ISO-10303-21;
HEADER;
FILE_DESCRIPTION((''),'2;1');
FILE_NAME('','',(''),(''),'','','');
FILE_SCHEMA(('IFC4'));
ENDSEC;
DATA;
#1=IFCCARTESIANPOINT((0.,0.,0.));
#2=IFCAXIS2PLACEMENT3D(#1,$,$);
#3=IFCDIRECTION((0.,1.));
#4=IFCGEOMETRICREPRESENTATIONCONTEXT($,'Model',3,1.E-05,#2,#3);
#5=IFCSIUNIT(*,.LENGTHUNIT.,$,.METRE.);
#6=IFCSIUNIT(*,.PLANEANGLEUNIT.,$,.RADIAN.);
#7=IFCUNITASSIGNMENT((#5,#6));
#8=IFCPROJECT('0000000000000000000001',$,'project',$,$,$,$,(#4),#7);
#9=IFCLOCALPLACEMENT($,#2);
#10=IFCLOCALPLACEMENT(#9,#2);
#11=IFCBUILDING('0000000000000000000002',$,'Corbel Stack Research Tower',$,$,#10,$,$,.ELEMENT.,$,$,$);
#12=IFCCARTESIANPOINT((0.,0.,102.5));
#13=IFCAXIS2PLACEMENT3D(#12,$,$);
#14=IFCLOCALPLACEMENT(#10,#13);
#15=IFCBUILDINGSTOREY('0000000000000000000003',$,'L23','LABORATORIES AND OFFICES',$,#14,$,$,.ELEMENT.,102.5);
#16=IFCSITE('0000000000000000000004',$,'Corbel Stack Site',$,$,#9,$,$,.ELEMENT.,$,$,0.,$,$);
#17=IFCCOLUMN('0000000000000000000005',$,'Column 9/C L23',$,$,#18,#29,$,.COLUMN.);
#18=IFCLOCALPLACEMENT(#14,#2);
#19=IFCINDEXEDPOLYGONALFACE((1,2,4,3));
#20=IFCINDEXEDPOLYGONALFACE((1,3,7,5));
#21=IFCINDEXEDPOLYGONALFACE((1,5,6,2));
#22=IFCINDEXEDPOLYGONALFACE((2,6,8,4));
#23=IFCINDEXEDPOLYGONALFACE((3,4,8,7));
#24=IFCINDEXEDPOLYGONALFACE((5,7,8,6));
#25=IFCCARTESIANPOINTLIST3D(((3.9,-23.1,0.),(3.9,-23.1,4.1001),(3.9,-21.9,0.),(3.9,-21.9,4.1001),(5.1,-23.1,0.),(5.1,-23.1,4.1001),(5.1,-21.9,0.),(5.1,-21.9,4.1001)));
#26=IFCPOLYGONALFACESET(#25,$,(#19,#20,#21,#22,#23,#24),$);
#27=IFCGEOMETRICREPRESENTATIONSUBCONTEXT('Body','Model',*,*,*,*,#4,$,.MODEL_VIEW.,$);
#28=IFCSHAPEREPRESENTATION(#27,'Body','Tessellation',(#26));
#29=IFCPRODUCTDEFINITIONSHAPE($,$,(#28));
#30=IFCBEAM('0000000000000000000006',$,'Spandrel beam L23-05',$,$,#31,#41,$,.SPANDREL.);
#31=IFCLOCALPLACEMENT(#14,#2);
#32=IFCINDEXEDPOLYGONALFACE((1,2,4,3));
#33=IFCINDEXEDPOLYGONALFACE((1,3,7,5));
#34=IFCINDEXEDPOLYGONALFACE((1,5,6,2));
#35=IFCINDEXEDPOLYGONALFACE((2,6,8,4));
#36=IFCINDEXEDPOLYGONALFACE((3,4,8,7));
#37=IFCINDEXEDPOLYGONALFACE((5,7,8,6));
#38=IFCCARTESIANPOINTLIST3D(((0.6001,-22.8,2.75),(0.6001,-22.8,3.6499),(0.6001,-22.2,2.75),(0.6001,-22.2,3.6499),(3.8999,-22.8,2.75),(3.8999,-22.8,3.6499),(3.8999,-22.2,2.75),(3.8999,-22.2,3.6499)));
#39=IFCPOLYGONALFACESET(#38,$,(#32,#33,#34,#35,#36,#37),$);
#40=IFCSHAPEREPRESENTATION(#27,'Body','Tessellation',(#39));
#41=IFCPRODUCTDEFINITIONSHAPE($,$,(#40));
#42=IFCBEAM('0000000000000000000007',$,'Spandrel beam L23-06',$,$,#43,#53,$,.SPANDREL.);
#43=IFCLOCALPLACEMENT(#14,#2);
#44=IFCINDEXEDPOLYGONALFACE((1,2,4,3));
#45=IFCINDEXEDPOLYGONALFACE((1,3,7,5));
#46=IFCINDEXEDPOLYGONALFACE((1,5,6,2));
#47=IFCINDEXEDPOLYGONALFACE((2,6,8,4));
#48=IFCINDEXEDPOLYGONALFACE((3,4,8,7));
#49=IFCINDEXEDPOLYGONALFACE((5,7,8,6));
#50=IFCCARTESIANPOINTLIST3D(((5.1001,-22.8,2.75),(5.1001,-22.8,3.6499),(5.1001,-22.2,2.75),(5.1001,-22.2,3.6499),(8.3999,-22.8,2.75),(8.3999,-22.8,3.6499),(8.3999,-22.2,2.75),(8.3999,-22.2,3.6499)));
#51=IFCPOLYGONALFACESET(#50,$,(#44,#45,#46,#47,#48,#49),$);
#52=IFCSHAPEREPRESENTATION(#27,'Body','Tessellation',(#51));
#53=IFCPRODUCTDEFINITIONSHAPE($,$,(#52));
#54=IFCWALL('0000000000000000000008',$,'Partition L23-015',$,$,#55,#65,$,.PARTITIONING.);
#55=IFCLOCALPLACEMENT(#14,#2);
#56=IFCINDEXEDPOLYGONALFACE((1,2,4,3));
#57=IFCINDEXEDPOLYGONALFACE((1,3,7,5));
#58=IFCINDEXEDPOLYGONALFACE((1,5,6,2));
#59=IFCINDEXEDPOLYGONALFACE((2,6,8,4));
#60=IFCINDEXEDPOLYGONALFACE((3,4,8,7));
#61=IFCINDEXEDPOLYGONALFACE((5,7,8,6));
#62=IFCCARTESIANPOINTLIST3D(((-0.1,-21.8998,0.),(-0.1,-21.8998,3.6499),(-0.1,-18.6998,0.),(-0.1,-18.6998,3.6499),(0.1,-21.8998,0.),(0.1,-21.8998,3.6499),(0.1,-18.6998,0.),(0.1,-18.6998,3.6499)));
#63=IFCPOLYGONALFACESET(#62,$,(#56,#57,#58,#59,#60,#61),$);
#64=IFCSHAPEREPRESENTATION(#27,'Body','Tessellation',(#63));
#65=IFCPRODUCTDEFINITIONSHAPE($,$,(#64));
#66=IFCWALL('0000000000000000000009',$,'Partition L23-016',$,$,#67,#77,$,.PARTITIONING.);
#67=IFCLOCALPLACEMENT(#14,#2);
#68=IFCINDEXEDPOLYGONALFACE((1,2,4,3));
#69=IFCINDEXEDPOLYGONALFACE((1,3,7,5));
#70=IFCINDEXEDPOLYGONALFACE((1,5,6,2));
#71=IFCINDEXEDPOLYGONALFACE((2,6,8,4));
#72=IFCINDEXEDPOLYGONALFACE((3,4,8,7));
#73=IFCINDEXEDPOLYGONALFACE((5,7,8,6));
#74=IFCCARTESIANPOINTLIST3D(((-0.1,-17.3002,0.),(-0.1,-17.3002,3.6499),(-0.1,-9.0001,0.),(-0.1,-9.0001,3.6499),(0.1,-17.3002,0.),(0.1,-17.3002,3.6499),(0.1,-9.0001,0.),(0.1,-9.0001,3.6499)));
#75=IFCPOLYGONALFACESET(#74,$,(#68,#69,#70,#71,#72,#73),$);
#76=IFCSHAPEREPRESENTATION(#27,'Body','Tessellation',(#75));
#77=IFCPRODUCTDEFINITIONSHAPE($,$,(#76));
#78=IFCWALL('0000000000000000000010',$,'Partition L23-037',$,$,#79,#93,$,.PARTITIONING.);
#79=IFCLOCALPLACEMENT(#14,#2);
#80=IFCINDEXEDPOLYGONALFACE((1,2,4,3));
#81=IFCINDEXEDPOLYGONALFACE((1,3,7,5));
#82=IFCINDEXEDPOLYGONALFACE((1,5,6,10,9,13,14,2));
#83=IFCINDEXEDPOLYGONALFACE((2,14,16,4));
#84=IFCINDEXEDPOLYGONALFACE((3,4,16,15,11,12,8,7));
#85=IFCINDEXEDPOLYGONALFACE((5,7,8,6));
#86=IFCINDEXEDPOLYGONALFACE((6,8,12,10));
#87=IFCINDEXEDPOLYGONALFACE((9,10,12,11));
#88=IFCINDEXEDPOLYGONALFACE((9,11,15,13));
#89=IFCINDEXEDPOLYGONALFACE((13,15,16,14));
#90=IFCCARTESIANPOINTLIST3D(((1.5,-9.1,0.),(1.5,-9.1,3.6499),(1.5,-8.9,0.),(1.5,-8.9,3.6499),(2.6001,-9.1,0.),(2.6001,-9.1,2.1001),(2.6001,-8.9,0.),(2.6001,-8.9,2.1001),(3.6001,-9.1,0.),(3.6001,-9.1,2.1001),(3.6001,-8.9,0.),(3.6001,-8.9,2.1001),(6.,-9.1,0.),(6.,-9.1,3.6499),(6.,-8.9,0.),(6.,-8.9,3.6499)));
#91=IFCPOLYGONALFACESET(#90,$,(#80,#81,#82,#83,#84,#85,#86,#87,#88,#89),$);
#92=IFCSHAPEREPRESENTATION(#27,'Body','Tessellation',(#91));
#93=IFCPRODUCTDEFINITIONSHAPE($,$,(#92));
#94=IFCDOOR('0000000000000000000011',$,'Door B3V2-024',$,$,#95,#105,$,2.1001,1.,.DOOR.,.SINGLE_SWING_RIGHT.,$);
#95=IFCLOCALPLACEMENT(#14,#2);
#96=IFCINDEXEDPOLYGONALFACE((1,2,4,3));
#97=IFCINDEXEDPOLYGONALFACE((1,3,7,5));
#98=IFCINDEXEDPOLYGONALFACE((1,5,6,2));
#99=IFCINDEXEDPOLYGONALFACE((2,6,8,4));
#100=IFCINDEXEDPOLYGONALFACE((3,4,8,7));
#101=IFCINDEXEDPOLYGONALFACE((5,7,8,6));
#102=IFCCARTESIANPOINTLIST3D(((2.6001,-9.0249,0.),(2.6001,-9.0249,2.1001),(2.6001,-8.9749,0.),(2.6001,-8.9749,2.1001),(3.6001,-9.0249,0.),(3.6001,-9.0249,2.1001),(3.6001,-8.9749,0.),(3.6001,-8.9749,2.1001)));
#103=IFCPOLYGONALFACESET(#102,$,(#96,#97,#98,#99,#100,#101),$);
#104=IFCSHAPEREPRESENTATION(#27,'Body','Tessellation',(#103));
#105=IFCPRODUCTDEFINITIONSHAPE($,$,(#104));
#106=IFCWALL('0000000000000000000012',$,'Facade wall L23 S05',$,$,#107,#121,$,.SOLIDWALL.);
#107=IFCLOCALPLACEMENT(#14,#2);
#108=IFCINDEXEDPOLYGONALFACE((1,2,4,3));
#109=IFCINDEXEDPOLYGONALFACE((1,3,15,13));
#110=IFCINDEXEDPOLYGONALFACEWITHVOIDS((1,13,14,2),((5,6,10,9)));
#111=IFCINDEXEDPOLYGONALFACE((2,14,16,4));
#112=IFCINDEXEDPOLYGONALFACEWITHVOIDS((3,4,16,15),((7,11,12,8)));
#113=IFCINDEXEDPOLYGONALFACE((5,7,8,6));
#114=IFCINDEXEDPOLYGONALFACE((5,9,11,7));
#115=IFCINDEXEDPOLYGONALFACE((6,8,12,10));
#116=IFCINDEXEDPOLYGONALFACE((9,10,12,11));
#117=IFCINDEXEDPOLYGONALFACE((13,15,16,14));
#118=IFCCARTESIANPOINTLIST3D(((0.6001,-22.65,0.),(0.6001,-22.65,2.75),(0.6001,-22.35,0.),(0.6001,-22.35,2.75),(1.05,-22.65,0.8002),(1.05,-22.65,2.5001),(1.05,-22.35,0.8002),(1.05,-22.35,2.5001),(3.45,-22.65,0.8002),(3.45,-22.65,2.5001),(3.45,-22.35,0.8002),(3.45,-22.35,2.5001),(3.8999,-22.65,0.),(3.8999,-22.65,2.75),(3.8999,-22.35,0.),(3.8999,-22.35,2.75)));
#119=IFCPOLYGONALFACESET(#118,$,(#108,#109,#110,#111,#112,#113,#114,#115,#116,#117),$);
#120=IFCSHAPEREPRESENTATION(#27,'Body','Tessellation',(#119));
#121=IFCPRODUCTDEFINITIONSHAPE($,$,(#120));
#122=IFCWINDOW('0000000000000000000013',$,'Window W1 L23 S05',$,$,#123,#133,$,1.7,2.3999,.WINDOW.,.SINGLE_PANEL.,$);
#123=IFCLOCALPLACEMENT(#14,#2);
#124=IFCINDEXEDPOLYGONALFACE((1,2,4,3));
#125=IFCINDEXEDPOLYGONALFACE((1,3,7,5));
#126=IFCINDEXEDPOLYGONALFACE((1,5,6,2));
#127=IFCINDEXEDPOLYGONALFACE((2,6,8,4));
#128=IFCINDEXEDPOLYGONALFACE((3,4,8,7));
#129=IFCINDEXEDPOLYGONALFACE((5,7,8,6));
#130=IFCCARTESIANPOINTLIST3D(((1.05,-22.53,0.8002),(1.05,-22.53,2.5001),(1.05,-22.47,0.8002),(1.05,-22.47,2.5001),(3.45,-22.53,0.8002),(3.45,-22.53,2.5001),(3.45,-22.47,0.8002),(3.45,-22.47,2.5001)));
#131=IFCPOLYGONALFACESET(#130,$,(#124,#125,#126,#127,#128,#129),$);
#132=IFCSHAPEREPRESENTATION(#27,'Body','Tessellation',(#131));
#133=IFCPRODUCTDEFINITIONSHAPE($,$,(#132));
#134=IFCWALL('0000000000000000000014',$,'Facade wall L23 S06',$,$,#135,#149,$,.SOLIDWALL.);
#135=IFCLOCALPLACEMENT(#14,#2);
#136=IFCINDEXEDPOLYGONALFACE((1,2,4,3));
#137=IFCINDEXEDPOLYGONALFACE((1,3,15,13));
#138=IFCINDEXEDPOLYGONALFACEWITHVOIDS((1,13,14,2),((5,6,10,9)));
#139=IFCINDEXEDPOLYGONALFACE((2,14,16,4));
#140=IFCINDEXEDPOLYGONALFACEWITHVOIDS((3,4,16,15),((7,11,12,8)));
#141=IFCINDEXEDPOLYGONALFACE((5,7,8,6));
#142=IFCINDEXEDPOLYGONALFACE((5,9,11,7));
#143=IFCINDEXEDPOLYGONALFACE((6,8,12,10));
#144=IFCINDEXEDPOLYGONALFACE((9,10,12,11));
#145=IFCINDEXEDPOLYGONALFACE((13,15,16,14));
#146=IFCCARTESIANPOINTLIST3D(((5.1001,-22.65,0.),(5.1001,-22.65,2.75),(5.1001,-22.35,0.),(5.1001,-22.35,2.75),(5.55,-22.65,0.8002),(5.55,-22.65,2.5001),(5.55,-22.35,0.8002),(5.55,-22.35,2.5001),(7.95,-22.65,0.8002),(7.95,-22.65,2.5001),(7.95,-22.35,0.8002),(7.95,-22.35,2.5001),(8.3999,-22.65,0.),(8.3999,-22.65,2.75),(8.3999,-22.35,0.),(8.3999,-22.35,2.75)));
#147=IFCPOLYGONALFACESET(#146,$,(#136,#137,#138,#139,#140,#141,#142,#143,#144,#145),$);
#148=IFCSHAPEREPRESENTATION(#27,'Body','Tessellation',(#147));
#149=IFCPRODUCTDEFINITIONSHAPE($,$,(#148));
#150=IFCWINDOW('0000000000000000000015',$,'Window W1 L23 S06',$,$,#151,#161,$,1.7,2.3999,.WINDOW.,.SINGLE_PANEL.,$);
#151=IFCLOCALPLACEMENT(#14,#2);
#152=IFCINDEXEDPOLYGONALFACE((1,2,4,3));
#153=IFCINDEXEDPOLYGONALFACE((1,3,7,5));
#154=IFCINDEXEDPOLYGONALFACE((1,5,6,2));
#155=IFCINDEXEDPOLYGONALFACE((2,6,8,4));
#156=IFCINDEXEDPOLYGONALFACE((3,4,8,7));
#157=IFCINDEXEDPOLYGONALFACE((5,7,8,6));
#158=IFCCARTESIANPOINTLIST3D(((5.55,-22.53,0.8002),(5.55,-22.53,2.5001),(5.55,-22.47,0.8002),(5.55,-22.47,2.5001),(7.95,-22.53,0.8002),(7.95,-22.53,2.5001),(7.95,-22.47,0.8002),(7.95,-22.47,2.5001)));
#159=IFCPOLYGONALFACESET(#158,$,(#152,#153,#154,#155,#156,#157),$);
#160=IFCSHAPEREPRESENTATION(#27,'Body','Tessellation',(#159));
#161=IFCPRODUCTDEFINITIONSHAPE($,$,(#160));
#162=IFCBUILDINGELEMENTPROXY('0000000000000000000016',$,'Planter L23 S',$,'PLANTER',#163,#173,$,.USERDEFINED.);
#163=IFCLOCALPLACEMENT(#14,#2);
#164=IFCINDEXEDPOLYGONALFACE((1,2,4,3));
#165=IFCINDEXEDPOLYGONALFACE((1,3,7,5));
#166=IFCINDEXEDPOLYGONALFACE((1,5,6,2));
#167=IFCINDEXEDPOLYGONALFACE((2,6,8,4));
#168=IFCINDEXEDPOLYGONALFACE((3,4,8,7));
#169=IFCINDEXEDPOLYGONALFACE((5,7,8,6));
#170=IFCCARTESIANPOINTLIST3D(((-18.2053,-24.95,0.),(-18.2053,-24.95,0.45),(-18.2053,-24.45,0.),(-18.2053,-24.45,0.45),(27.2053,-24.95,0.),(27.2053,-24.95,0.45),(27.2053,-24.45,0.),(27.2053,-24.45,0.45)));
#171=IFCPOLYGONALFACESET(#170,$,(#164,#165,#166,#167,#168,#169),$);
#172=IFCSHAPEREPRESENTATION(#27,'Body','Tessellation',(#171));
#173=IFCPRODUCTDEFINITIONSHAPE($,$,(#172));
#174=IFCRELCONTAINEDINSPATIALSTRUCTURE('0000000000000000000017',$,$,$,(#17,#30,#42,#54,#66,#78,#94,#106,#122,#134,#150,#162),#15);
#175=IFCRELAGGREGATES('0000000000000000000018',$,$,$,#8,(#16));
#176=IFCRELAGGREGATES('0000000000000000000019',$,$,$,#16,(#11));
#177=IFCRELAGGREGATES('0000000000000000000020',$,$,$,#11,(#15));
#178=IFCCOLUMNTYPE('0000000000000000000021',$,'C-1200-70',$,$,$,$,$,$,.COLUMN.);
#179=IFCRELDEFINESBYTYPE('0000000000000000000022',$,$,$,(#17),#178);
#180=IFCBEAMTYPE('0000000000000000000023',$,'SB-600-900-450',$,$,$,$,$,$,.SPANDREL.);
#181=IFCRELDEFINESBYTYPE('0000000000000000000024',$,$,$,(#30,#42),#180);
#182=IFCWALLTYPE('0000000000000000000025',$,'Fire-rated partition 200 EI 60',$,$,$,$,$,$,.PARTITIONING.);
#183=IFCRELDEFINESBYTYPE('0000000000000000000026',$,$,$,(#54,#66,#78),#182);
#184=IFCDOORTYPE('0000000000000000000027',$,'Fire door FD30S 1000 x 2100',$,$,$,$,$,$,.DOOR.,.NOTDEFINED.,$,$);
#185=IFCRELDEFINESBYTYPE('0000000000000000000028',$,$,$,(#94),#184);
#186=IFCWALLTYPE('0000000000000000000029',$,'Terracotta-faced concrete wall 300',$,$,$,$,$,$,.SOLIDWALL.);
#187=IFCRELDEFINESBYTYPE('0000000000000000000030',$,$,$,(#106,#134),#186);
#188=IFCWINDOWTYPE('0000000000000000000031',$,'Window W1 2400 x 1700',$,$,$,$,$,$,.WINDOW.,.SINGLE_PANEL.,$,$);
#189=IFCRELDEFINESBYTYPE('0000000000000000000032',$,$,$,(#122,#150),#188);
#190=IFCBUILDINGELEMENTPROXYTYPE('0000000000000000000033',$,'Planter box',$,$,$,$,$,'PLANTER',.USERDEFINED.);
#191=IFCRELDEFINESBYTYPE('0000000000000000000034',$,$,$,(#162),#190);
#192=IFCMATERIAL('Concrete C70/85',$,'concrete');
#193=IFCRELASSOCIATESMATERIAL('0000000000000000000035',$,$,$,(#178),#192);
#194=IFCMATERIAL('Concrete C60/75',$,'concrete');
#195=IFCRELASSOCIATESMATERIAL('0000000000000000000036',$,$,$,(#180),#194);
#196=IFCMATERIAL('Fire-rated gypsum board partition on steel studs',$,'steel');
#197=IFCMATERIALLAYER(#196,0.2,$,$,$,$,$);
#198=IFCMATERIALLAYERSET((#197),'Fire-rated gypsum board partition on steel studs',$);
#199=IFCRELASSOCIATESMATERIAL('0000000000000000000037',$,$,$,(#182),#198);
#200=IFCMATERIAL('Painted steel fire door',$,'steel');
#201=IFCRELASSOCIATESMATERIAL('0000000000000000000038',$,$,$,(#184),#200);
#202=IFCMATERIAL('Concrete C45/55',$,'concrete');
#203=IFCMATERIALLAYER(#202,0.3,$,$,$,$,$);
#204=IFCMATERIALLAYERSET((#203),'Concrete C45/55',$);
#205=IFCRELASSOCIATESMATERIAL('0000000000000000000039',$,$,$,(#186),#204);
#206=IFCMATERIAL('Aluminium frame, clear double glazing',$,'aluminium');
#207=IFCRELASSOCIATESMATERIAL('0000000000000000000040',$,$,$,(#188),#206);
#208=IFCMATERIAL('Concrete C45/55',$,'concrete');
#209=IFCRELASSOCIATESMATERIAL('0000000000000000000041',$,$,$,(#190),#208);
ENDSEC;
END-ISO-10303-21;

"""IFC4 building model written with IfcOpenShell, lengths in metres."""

from ifc_helpers import new_model, si_unit, direction, frame, frame_2d, origin, origin_2d, place, context, subcontext, project, spatial, rectangle, extrude, material, layer, layer_set, material_profile, profile_set, type_object, element, fill, save


model = new_model("IFC4")

# Units and contexts
model_context = context("Model", 3, precision=1e-05, world=origin(), true_north=direction((0.0, 1.0)))
body_context = subcontext(model_context, "Body", "Model", "MODEL_VIEW")
ifc_project = project(units=[si_unit("LENGTHUNIT", "METRE"), si_unit("PLANEANGLEUNIT", "RADIAN")], contexts=[model_context])

# Site, building, storey
site_placement = place(None, origin())
site = spatial("IfcSite", under=ifc_project, at=site_placement, Name="Corbel Stack Site", CompositionType="ELEMENT", RefElevation=0.0)
building_placement = place(site_placement, origin())
building = spatial("IfcBuilding", under=site, at=building_placement, Name="Corbel Stack Research Tower", CompositionType="ELEMENT")
storey_placement = place(building_placement, frame((0.0, 0.0, 102.5)))
storey = spatial("IfcBuildingStorey", under=building, at=storey_placement, Name="L23", Description="LABORATORIES AND OFFICES", CompositionType="ELEMENT", Elevation=102.5)

# Column
ifc_material_1 = material(Name="Concrete C70/85", Category="concrete")
ifc_material_profile_1 = material_profile(ifc_material_1, rectangle(XDim=1.2, YDim=1.2, at=origin_2d()), Name="RC 1200 x 1200")
ifc_profile_set_1 = profile_set([ifc_material_profile_1], Name="Concrete C70/85")
column_type = type_object("IfcColumnType", Name="C-1200-70", PredefinedType="COLUMN", material=ifc_profile_set_1)
column_placement = place(storey_placement, frame((4.5, -22.5, 0.0), z_axis=(0.0, 0.0, 1.0), x_axis=(1.0, 0.0, 0.0)))
element("IfcColumn", 1, at=column_placement, inside=storey, type_object=column_type, Name="Column 9/C L23", PredefinedType="COLUMN", context=body_context, shape_type="SweptSolid", body=[
    extrude(rectangle(XDim=1.2, YDim=1.2, at=origin_2d()), origin(), (0.0, 0.0, 1.0), 4.1001),
])

# Beams
ifc_material_2 = material(Name="Concrete C60/75", Category="concrete")
ifc_material_profile_2 = material_profile(ifc_material_2, rectangle(XDim=0.6001, YDim=0.8999, at=origin_2d()), Name="RC 600 x 900")
ifc_profile_set_2 = profile_set([ifc_material_profile_2], Name="Concrete C60/75")
beam_type = type_object("IfcBeamType", Name="SB-600-900-450", PredefinedType="SPANDREL", material=ifc_profile_set_2)
for number, where, z_axis, x_axis, name in (
    (2, (0.6001, -22.5, 3.2), (1.0, 0.0, 0.0), (0.0, 1.0, 0.0), "Spandrel beam L23-05"),
    (3, (5.1001, -22.5, 3.2), (1.0, 0.0, 0.0), (0.0, 1.0, 0.0), "Spandrel beam L23-06"),
):
    element("IfcBeam", number, at=place(storey_placement, frame(where, z_axis=z_axis, x_axis=x_axis)), inside=storey, type_object=beam_type, Name=name, PredefinedType="SPANDREL", context=body_context, shape_type="SweptSolid", body=[
        extrude(rectangle(XDim=0.6001, YDim=0.8999, at=origin_2d()), origin(), (0.0, 0.0, 1.0), 3.2998),
    ])

# Walls
ifc_material_3 = material(Name="Fire-rated gypsum board partition on steel studs", Category="steel")
ifc_layer_1 = layer(ifc_material_3, 0.2)
ifc_layer_set_1 = layer_set([ifc_layer_1], Name="Fire-rated gypsum board partition on steel studs")
wall_type_1 = type_object("IfcWallType", Name="Fire-rated partition 200 EI 60", PredefinedType="PARTITIONING", material=ifc_layer_set_1)
wall_1_placement = place(storey_placement, frame((0.0, -21.8999, 0.0), z_axis=(0.0, 0.0, 1.0), x_axis=(0.0, 1.0, 0.0)))
element("IfcWall", 4, at=wall_1_placement, inside=storey, type_object=wall_type_1, Name="Partition L23-015", PredefinedType="PARTITIONING", context=body_context, shape_type="SweptSolid", body=[
    extrude(rectangle(XDim=3.2, YDim=0.2, at=frame_2d((1.6001, 0.0))), origin(), (0.0, 0.0, 1.0), 3.6499),
])
wall_2_placement = place(storey_placement, frame((0.0, -17.3, 0.0), z_axis=(0.0, 0.0, 1.0), x_axis=(0.0, 1.0, 0.0)))
element("IfcWall", 5, at=wall_2_placement, inside=storey, type_object=wall_type_1, Name="Partition L23-016", PredefinedType="PARTITIONING", context=body_context, shape_type="SweptSolid", body=[
    extrude(rectangle(XDim=8.3, YDim=0.2, at=frame_2d((4.1499, 0.0))), origin(), (0.0, 0.0, 1.0), 3.6499),
])

# Wall, opening, door
wall_3_placement = place(storey_placement, frame((6.0, -9.0, 0.0), z_axis=(0.0, 0.0, 1.0), x_axis=(-1.0, 0.0, 0.0)))
wall_3 = element("IfcWall", 6, at=wall_3_placement, inside=storey, type_object=wall_type_1, Name="Partition L23-037", PredefinedType="PARTITIONING", context=body_context, shape_type="SweptSolid", body=[
    extrude(rectangle(XDim=4.5, YDim=0.2, at=frame_2d((2.25, 0.0))), origin(), (0.0, 0.0, 1.0), 3.6499),
])
opening_1_placement = place(wall_3_placement, frame((2.3999, 0.0, 0.0)))
opening_1 = element("IfcOpeningElement", 7, at=opening_1_placement, cuts=wall_3, PredefinedType="OPENING", context=body_context, shape_type="SweptSolid", body=[
    extrude(rectangle(XDim=1.0, YDim=2.1001, at=frame_2d((0.5, 1.05))), frame((0.0, 0.1099, 0.0), z_axis=(0.0, -1.0, 0.0), x_axis=(1.0, 0.0, 0.0)), (0.0, 0.0, 1.0), 0.22),
])
ifc_material_4 = material(Name="Painted steel fire door", Category="steel")
door_type_1 = type_object("IfcDoorType", Name="Fire door FD30S 1000 x 2100", OperationType="NOTDEFINED", PredefinedType="DOOR", material=ifc_material_4)
door_1_placement = place(opening_1_placement, origin())
door_1 = element("IfcDoor", 8, at=door_1_placement, inside=storey, type_object=door_type_1, Name="Door B3V2-024", OperationType="SINGLE_SWING_RIGHT", OverallHeight=2.1001, OverallWidth=1.0, PredefinedType="DOOR", context=body_context, shape_type="SweptSolid", body=[
    extrude(rectangle(XDim=1.0, YDim=2.1001, at=frame_2d((0.5, 1.05))), frame((0.0, 0.0249, 0.0), z_axis=(0.0, -1.0, 0.0), x_axis=(1.0, 0.0, 0.0)), (0.0, 0.0, 1.0), 0.05),
])
fill(opening_1, door_1)

# Walls, openings, windows
ifc_material_5 = material(Name="Concrete C45/55", Category="concrete")
ifc_layer_2 = layer(ifc_material_5, 0.3)
ifc_layer_set_2 = layer_set([ifc_layer_2], Name="Concrete C45/55")
wall_type_2 = type_object("IfcWallType", Name="Terracotta-faced concrete wall 300", PredefinedType="SOLIDWALL", material=ifc_layer_set_2)
wall_4_placement = place(storey_placement, frame((3.8999, -22.5, 0.0), z_axis=(0.0, 0.0, 1.0), x_axis=(-1.0, 0.0, 0.0)))
wall_4 = element("IfcWall", 9, at=wall_4_placement, inside=storey, type_object=wall_type_2, Name="Facade wall L23 S05", PredefinedType="SOLIDWALL", context=body_context, shape_type="SweptSolid", body=[
    extrude(rectangle(XDim=3.2998, YDim=0.3, at=frame_2d((1.6499, 0.0))), origin(), (0.0, 0.0, 1.0), 2.75),
])
opening_2_placement = place(wall_4_placement, frame((0.45, 0.0, 0.8)))
opening_2 = element("IfcOpeningElement", 10, at=opening_2_placement, cuts=wall_4, PredefinedType="OPENING", context=body_context, shape_type="SweptSolid", body=[
    extrude(rectangle(XDim=2.3999, YDim=1.7, at=frame_2d((1.2, 0.8501))), frame((0.0, 0.1599, 0.0), z_axis=(0.0, -1.0, 0.0), x_axis=(1.0, 0.0, 0.0)), (0.0, 0.0, 1.0), 0.3201),
])
ifc_material_6 = material(Name="Aluminium frame, clear double glazing", Category="aluminium")
window_type = type_object("IfcWindowType", Name="Window W1 2400 x 1700", PartitioningType="SINGLE_PANEL", PredefinedType="WINDOW", material=ifc_material_6)
window_1_placement = place(opening_2_placement, origin())
window_1 = element("IfcWindow", 11, at=window_1_placement, inside=storey, type_object=window_type, Name="Window W1 L23 S05", OverallHeight=1.7, OverallWidth=2.3999, PartitioningType="SINGLE_PANEL", PredefinedType="WINDOW", context=body_context, shape_type="SweptSolid", body=[
    extrude(rectangle(XDim=2.3999, YDim=1.7, at=frame_2d((1.2, 0.8501))), frame((0.0, 0.03, 0.0), z_axis=(0.0, -1.0, 0.0), x_axis=(1.0, 0.0, 0.0)), (0.0, 0.0, 1.0), 0.0601),
])
fill(opening_2, window_1)
wall_5_placement = place(storey_placement, frame((8.3999, -22.5, 0.0), z_axis=(0.0, 0.0, 1.0), x_axis=(-1.0, 0.0, 0.0)))
wall_5 = element("IfcWall", 12, at=wall_5_placement, inside=storey, type_object=wall_type_2, Name="Facade wall L23 S06", PredefinedType="SOLIDWALL", context=body_context, shape_type="SweptSolid", body=[
    extrude(rectangle(XDim=3.2998, YDim=0.3, at=frame_2d((1.6499, 0.0))), origin(), (0.0, 0.0, 1.0), 2.75),
])
opening_3_placement = place(wall_5_placement, frame((0.45, 0.0, 0.8)))
opening_3 = element("IfcOpeningElement", 13, at=opening_3_placement, cuts=wall_5, PredefinedType="OPENING", context=body_context, shape_type="SweptSolid", body=[
    extrude(rectangle(XDim=2.3999, YDim=1.7, at=frame_2d((1.2, 0.8501))), frame((0.0, 0.1599, 0.0), z_axis=(0.0, -1.0, 0.0), x_axis=(1.0, 0.0, 0.0)), (0.0, 0.0, 1.0), 0.3201),
])
window_2_placement = place(opening_3_placement, origin())
window_2 = element("IfcWindow", 14, at=window_2_placement, inside=storey, type_object=window_type, Name="Window W1 L23 S06", OverallHeight=1.7, OverallWidth=2.3999, PartitioningType="SINGLE_PANEL", PredefinedType="WINDOW", context=body_context, shape_type="SweptSolid", body=[
    extrude(rectangle(XDim=2.3999, YDim=1.7, at=frame_2d((1.2, 0.8501))), frame((0.0, 0.03, 0.0), z_axis=(0.0, -1.0, 0.0), x_axis=(1.0, 0.0, 0.0)), (0.0, 0.0, 1.0), 0.0601),
])
fill(opening_3, window_2)

# Building element proxy
ifc_material_7 = material(Name="Concrete C45/55", Category="concrete")
building_element_proxy_type = type_object("IfcBuildingElementProxyType", Name="Planter box", ElementType="PLANTER", PredefinedType="USERDEFINED", material=ifc_material_7)
proxy_placement = place(storey_placement, frame((4.5, -24.7, 0.0), z_axis=(0.0, 0.0, 1.0), x_axis=(1.0, 0.0, 0.0)))
element("IfcBuildingElementProxy", 15, at=proxy_placement, inside=storey, type_object=building_element_proxy_type, Name="Planter L23 S", ObjectType="PLANTER", PredefinedType="USERDEFINED", context=body_context, shape_type="SweptSolid", body=[
    extrude(rectangle(XDim=45.4106, YDim=0.5, at=origin_2d()), origin(), (0.0, 0.0, 1.0), 0.45),
])

save(model, "model.ifc")
